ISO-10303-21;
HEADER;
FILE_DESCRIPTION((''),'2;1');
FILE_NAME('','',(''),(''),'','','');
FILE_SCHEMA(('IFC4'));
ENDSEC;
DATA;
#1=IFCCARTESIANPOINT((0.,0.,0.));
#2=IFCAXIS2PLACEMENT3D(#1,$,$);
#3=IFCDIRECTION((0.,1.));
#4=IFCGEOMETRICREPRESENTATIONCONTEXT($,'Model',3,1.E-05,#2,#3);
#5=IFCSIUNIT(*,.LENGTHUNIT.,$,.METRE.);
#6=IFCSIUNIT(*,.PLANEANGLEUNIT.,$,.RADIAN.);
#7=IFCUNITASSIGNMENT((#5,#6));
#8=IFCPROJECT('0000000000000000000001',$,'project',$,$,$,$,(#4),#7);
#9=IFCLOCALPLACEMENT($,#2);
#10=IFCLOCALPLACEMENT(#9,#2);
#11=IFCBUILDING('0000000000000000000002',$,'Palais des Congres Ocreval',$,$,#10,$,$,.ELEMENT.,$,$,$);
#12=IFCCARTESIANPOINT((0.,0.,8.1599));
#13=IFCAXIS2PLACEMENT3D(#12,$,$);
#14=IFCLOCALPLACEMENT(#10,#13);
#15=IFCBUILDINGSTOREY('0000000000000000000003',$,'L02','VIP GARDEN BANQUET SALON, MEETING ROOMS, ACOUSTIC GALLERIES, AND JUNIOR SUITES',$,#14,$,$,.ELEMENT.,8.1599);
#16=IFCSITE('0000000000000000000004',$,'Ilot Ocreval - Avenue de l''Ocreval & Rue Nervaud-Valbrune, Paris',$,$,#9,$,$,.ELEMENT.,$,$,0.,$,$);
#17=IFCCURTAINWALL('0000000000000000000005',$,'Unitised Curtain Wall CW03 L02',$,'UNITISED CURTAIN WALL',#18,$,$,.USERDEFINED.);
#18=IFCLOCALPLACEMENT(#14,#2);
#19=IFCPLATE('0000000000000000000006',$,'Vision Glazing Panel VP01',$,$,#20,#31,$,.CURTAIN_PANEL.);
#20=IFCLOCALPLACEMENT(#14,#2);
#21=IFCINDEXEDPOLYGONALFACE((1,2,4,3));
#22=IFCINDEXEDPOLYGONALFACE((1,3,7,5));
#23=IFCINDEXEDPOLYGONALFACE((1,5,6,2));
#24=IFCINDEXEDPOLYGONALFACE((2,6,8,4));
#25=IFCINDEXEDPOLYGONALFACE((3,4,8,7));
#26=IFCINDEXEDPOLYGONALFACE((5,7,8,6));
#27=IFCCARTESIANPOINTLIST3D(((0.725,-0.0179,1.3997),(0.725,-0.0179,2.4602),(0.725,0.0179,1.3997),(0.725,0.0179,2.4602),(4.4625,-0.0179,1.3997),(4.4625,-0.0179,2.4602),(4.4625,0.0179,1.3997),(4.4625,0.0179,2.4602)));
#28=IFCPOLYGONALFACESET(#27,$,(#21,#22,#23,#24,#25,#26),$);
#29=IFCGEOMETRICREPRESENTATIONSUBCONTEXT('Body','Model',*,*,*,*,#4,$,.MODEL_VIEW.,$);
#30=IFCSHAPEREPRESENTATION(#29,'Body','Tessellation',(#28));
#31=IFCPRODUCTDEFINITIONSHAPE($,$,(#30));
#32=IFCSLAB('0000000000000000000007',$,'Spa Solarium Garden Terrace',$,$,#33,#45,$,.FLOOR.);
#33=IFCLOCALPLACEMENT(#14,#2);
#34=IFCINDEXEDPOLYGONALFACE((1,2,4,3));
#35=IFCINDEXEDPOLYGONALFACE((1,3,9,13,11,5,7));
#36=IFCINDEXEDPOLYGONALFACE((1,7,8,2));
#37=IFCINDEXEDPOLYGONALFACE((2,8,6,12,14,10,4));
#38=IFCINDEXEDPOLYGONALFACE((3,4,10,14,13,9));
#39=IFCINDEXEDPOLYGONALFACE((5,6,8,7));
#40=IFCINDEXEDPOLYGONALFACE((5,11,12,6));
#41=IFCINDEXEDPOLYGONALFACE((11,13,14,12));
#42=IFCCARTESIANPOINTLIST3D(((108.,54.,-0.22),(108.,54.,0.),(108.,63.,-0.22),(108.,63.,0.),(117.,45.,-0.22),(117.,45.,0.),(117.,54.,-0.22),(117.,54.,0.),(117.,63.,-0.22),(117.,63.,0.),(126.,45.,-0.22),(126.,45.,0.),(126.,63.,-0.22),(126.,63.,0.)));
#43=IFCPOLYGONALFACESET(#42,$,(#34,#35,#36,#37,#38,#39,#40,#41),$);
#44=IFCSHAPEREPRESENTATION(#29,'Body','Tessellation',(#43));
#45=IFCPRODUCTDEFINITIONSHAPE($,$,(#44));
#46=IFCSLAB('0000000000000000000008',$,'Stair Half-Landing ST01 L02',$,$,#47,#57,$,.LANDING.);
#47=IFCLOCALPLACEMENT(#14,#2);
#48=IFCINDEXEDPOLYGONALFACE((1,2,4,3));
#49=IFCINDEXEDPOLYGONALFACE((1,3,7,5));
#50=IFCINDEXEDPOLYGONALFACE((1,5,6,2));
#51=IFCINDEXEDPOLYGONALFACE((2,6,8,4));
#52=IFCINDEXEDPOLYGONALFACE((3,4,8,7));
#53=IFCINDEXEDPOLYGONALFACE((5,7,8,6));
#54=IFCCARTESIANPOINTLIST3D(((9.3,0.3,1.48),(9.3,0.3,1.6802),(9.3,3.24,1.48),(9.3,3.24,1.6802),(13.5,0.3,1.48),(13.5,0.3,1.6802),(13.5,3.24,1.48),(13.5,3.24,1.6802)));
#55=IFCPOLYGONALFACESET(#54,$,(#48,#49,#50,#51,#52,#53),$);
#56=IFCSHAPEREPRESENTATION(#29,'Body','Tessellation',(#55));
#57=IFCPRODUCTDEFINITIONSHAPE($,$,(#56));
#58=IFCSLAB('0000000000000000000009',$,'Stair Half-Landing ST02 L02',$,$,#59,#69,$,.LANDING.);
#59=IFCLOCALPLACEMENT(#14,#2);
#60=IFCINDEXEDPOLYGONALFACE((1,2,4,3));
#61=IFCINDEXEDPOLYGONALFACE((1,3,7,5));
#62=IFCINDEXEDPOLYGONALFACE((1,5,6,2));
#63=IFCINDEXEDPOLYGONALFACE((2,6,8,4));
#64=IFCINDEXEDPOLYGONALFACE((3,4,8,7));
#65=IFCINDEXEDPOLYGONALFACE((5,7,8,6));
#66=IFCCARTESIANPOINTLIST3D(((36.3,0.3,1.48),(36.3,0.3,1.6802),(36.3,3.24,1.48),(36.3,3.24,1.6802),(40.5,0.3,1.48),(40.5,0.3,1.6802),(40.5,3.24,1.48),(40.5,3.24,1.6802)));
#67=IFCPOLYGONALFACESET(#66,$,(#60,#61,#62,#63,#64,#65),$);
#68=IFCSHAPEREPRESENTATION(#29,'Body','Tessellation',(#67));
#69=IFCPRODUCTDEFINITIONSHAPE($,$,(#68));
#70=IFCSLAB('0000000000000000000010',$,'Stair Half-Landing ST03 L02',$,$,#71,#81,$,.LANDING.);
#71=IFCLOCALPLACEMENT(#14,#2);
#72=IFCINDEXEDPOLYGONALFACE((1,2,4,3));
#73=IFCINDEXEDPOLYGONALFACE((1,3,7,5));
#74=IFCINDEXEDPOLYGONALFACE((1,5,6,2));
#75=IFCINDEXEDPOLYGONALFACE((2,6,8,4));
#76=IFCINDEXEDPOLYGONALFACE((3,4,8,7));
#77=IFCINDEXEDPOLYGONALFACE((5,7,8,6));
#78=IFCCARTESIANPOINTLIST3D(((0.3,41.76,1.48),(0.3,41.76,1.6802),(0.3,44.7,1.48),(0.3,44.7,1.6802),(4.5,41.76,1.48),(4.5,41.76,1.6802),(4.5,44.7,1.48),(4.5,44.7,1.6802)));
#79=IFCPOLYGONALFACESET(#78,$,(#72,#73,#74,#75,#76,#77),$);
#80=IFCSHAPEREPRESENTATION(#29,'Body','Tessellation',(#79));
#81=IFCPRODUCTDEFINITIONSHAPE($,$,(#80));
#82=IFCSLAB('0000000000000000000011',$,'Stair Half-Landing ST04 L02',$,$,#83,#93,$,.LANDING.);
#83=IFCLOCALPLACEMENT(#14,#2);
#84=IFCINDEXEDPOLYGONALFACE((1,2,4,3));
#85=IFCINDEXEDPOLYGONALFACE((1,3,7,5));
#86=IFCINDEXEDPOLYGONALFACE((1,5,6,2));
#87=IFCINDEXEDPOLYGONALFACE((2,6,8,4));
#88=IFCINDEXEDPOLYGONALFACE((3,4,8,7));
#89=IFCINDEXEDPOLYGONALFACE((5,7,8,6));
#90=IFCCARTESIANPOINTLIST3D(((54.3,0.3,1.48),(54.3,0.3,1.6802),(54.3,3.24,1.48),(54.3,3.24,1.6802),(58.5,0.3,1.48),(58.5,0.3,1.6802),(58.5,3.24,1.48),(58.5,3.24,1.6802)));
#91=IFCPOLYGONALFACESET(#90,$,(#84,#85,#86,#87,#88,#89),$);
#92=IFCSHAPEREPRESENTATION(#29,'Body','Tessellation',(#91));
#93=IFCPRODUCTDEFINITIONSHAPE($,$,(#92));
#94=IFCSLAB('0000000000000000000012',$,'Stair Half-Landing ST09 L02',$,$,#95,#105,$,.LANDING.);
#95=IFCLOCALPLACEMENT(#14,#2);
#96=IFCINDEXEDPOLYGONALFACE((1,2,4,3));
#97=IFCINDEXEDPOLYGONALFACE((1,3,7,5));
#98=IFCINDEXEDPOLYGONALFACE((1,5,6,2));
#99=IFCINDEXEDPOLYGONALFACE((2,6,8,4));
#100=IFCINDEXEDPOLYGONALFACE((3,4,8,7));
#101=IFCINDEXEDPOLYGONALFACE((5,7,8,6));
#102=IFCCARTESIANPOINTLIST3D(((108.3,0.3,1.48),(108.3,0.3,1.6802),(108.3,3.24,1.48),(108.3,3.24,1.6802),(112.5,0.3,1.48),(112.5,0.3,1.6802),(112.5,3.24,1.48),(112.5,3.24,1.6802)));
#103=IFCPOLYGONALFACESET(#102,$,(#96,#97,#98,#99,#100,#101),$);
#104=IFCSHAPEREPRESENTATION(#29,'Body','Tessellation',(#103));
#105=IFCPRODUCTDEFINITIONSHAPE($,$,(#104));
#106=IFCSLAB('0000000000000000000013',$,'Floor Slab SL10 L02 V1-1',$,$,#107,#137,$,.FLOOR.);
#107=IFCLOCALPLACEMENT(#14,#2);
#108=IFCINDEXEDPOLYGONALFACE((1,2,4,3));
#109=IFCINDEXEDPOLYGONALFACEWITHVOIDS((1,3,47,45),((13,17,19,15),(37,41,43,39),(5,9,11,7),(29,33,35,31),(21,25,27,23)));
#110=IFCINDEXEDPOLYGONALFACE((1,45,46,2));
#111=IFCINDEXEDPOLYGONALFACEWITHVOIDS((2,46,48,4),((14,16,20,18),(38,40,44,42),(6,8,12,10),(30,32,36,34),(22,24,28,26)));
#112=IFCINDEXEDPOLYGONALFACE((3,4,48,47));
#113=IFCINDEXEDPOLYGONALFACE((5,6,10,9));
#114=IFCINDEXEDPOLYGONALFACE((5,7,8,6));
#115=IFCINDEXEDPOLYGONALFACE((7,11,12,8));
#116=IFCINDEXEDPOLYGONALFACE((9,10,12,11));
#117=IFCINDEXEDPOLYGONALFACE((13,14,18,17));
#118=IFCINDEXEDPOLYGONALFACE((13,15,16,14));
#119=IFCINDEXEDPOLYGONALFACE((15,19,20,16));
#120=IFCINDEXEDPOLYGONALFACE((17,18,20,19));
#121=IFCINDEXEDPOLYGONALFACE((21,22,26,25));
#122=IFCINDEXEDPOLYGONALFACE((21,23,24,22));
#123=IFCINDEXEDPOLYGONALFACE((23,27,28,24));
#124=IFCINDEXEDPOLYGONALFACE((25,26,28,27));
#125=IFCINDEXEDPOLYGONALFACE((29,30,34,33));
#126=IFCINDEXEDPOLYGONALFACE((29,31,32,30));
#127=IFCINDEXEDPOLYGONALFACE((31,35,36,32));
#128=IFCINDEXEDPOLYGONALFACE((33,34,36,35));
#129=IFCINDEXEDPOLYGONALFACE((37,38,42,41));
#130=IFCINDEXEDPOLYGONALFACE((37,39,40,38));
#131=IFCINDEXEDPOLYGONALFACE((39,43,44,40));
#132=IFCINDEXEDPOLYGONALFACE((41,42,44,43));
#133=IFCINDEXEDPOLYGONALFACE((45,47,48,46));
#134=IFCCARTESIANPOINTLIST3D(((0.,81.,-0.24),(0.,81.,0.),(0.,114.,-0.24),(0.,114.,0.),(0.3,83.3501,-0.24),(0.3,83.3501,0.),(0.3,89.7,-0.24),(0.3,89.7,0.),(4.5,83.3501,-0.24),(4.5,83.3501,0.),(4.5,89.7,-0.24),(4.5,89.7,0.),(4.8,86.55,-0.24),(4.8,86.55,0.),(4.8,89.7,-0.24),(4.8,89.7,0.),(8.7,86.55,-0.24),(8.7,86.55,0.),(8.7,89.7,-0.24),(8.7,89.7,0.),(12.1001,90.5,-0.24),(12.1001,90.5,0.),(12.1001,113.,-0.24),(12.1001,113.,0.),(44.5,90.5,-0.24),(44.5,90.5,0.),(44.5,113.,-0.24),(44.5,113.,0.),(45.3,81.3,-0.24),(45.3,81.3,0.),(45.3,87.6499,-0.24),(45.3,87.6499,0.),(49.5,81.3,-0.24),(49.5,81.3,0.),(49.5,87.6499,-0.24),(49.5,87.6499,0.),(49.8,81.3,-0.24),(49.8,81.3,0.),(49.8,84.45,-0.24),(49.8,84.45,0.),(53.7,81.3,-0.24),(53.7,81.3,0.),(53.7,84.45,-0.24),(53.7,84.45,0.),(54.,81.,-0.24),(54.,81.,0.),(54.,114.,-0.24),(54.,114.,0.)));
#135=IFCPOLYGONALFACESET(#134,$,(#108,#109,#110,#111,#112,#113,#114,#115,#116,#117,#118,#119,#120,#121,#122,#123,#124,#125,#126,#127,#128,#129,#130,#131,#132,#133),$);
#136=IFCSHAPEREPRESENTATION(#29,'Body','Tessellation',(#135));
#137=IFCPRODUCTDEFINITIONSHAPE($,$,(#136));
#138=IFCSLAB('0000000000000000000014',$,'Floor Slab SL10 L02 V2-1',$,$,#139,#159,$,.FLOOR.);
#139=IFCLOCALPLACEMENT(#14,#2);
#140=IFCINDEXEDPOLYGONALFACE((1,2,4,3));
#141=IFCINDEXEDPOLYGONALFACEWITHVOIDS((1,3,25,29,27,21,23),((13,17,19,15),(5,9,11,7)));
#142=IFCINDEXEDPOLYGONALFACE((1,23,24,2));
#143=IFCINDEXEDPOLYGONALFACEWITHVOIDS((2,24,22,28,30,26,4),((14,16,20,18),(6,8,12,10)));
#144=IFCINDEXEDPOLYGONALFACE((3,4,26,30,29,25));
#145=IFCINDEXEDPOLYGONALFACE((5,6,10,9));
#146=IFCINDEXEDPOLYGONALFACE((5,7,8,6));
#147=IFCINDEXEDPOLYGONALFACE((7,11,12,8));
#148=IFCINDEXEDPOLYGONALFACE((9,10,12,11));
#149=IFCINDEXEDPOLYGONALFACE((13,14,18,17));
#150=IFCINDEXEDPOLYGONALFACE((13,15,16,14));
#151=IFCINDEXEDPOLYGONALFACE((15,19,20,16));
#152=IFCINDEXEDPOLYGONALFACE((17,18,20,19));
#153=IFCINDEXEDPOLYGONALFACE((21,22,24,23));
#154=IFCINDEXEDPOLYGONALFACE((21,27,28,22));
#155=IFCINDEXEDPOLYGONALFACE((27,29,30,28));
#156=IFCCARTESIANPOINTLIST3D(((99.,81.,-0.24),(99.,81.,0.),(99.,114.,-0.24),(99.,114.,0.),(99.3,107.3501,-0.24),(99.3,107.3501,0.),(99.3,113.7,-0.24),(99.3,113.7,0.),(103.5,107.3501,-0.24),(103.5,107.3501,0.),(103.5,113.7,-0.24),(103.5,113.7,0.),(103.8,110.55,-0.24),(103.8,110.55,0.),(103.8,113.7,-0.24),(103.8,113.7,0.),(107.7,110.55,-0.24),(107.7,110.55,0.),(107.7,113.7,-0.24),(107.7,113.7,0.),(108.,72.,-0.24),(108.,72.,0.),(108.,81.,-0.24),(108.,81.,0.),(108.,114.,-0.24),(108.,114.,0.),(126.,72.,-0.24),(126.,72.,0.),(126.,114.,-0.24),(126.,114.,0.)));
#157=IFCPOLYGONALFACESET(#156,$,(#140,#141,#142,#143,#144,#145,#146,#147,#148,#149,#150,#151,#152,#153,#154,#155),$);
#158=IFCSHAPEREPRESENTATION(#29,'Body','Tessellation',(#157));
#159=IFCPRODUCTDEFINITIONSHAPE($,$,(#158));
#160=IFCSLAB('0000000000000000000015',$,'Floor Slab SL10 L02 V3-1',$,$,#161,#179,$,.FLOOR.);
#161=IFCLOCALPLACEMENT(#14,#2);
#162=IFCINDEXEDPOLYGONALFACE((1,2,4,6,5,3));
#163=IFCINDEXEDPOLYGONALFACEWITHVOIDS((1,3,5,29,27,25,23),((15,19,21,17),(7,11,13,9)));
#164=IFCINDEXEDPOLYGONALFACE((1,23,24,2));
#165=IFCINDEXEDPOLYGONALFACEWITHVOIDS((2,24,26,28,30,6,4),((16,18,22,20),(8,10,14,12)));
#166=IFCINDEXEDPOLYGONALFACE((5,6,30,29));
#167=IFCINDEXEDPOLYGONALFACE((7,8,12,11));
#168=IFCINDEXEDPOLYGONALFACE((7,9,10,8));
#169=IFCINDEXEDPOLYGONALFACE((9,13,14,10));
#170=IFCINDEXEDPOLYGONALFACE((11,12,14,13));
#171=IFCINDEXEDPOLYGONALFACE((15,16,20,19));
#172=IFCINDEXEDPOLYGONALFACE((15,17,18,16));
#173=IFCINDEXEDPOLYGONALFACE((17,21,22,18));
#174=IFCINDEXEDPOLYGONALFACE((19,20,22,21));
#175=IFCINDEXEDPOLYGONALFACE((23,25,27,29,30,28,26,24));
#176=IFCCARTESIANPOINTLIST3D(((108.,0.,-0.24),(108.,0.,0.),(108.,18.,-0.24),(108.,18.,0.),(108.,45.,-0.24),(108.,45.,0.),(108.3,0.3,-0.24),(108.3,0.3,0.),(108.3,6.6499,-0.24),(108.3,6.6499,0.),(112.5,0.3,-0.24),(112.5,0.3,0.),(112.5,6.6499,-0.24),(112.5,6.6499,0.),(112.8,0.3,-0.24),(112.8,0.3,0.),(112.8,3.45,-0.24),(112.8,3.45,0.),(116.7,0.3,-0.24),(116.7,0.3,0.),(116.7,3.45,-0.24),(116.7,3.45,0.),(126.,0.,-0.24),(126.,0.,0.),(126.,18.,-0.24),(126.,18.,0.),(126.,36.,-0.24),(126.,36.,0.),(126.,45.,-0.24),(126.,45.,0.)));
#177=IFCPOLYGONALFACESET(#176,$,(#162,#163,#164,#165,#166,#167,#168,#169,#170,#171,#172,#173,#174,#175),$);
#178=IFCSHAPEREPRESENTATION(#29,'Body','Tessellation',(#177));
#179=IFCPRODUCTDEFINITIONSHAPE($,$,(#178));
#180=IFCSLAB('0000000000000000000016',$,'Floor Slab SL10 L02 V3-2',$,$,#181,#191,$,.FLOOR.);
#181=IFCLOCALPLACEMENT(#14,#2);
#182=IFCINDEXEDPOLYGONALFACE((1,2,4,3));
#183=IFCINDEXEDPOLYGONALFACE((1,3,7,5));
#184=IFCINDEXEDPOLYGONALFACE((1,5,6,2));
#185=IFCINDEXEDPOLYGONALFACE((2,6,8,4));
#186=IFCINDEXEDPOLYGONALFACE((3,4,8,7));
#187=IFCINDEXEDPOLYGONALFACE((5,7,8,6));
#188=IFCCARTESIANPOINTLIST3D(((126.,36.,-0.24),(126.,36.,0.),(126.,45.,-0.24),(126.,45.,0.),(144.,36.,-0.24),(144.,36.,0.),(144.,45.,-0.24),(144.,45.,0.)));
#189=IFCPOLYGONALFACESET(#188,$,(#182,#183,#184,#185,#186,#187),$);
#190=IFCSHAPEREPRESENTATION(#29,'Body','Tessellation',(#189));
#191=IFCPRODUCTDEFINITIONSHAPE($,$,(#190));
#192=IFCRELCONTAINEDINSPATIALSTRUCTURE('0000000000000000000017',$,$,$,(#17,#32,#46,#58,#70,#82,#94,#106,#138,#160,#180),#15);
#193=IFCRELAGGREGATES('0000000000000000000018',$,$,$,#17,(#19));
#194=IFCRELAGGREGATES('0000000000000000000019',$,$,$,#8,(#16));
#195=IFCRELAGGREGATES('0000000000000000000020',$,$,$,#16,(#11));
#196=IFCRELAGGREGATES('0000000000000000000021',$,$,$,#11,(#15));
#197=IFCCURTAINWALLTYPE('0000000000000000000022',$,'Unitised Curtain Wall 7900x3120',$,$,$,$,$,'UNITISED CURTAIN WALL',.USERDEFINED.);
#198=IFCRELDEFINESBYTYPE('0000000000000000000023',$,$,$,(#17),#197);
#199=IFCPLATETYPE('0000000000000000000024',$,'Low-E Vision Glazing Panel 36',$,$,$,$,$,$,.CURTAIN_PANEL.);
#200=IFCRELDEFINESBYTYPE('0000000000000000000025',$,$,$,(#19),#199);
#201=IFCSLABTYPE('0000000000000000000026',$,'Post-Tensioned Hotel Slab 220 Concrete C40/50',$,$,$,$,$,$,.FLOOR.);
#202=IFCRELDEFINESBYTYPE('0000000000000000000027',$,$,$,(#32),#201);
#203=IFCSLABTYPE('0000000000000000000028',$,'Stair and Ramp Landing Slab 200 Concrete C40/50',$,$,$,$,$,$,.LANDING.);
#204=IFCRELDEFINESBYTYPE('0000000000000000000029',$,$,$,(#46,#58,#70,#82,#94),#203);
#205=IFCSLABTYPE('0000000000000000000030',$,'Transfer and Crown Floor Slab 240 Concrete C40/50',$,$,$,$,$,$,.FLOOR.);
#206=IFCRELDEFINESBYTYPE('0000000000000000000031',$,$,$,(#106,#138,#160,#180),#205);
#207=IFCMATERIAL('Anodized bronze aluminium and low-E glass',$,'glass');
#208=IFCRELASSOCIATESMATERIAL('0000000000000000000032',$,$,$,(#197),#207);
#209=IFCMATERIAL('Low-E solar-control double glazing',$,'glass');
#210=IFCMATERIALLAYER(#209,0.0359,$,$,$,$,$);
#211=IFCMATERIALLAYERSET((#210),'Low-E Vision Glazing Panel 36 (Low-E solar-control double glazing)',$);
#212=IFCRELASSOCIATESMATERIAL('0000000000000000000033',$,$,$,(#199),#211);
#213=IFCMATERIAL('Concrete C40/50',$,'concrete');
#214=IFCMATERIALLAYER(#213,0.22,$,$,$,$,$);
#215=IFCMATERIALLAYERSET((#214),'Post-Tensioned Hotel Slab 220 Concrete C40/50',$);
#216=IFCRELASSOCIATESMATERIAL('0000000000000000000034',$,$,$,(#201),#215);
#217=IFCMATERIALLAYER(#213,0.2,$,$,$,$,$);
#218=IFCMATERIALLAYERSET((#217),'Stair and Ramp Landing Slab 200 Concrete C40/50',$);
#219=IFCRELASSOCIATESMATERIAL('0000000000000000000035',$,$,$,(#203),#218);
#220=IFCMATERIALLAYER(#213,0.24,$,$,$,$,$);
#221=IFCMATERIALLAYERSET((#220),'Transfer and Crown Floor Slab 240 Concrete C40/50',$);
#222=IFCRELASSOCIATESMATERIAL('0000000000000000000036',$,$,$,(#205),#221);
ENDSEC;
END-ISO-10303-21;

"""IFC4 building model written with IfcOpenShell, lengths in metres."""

from ifc_helpers import new_model, si_unit, direction, frame, origin, origin_2d, place, context, subcontext, project, spatial, polyline, rectangle, outline, extrude, material, layer, layer_set, type_object, element, aggregate, save


model = new_model("IFC4")

# Units and contexts
model_context = context("Model", 3, precision=1e-05, world=origin(), true_north=direction((0.0, 1.0)))
body_context = subcontext(model_context, "Body", "Model", "MODEL_VIEW")
ifc_project = project(units=[si_unit("LENGTHUNIT", "METRE"), si_unit("PLANEANGLEUNIT", "RADIAN")], contexts=[model_context])

# Site, building, storey
site_placement = place(None, origin())
site = spatial("IfcSite", under=ifc_project, at=site_placement, Name="Ilot Ocreval - Avenue de l'Ocreval & Rue Nervaud-Valbrune, Paris", CompositionType="ELEMENT", RefElevation=0.0)
building_placement = place(site_placement, origin())
building = spatial("IfcBuilding", under=site, at=building_placement, Name="Palais des Congres Ocreval", CompositionType="ELEMENT")
storey_placement = place(building_placement, frame((0.0, 0.0, 8.1599)))
storey = spatial("IfcBuildingStorey", under=building, at=storey_placement, Name="L02", Description="VIP GARDEN BANQUET SALON, MEETING ROOMS, ACOUSTIC GALLERIES, AND JUNIOR SUITES", CompositionType="ELEMENT", Elevation=8.1599)

# Curtain wall
ifc_material_1 = material(Name="Anodized bronze aluminium and low-E glass", Category="glass")
curtain_wall_type = type_object("IfcCurtainWallType", Name="Unitised Curtain Wall 7900x3120", ElementType="UNITISED CURTAIN WALL", PredefinedType="USERDEFINED", material=ifc_material_1)
curtain_wall_placement = place(storey_placement, origin())
curtain_wall = element("IfcCurtainWall", 1, at=curtain_wall_placement, inside=storey, type_object=curtain_wall_type, Name="Unitised Curtain Wall CW03 L02", ObjectType="UNITISED CURTAIN WALL", PredefinedType="USERDEFINED")

# Plate
ifc_material_2 = material(Name="Low-E solar-control double glazing", Category="glass")
ifc_layer_1 = layer(ifc_material_2, 0.0359)
ifc_layer_set_1 = layer_set([ifc_layer_1], Name="Low-E Vision Glazing Panel 36 (Low-E solar-control double glazing)")
plate_type_1 = type_object("IfcPlateType", Name="Low-E Vision Glazing Panel 36", PredefinedType="CURTAIN_PANEL", material=ifc_layer_set_1)
plate_1_placement = place(storey_placement, frame((2.5938, 0.0, 1.3997), z_axis=(0.0, 0.0, 1.0), x_axis=(-1.0, 0.0, 0.0)))
plate_1 = element("IfcPlate", 2, at=plate_1_placement, type_object=plate_type_1, Name="Vision Glazing Panel VP01", PredefinedType="CURTAIN_PANEL", context=body_context, shape_type="SweptSolid", body=[
    extrude(rectangle(XDim=3.7375, YDim=0.0359, at=origin_2d()), origin(), (0.0, 0.0, 1.0), 1.0605),
])
aggregate(curtain_wall, [plate_1])

# Slabs
ifc_material_3 = material(Name="Concrete C40/50", Category="concrete")
ifc_layer_2 = layer(ifc_material_3, 0.22)
ifc_layer_set_2 = layer_set([ifc_layer_2], Name="Post-Tensioned Hotel Slab 220 Concrete C40/50")
slab_type_1 = type_object("IfcSlabType", Name="Post-Tensioned Hotel Slab 220 Concrete C40/50", PredefinedType="FLOOR", material=ifc_layer_set_2)
slab_1_placement = place(storey_placement, frame((0.0, 0.0, -0.22)))
element("IfcSlab", 3, at=slab_1_placement, inside=storey, type_object=slab_type_1, Name="Spa Solarium Garden Terrace", PredefinedType="FLOOR", context=body_context, shape_type="SweptSolid", body=[
    extrude(outline(polyline([(126.0, 45.0), (117.0, 45.0), (117.0, 54.0), (108.0, 54.0), (108.0, 63.0), (117.0, 63.0), (126.0, 63.0), (126.0, 45.0)])), origin(), (0.0, 0.0, 1.0), 0.22),
])
ifc_layer_3 = layer(ifc_material_3, 0.2)
ifc_layer_set_3 = layer_set([ifc_layer_3], Name="Stair and Ramp Landing Slab 200 Concrete C40/50")
slab_type_2 = type_object("IfcSlabType", Name="Stair and Ramp Landing Slab 200 Concrete C40/50", PredefinedType="LANDING", material=ifc_layer_set_3)
slab_2_placement = place(storey_placement, frame((0.0, 0.0, 1.48)))
element("IfcSlab", 4, at=slab_2_placement, inside=storey, type_object=slab_type_2, Name="Stair Half-Landing ST01 L02", PredefinedType="LANDING", context=body_context, shape_type="SweptSolid", body=[
    extrude(outline(polyline([(9.3, 0.3), (13.5, 0.3), (13.5, 3.24), (9.3, 3.24), (9.3, 0.3)])), origin(), (0.0, 0.0, 1.0), 0.2002),
])
slab_3_placement = place(storey_placement, frame((0.0, 0.0, 1.48)))
element("IfcSlab", 5, at=slab_3_placement, inside=storey, type_object=slab_type_2, Name="Stair Half-Landing ST02 L02", PredefinedType="LANDING", context=body_context, shape_type="SweptSolid", body=[
    extrude(outline(polyline([(36.3, 0.3), (40.5, 0.3), (40.5, 3.24), (36.3, 3.24), (36.3, 0.3)])), origin(), (0.0, 0.0, 1.0), 0.2002),
])
slab_4_placement = place(storey_placement, frame((0.0, 0.0, 1.48)))
element("IfcSlab", 6, at=slab_4_placement, inside=storey, type_object=slab_type_2, Name="Stair Half-Landing ST03 L02", PredefinedType="LANDING", context=body_context, shape_type="SweptSolid", body=[
    extrude(outline(polyline([(0.3, 41.76), (4.5, 41.76), (4.5, 44.7), (0.3, 44.7), (0.3, 41.76)])), origin(), (0.0, 0.0, 1.0), 0.2002),
])
slab_5_placement = place(storey_placement, frame((0.0, 0.0, 1.48)))
element("IfcSlab", 7, at=slab_5_placement, inside=storey, type_object=slab_type_2, Name="Stair Half-Landing ST04 L02", PredefinedType="LANDING", context=body_context, shape_type="SweptSolid", body=[
    extrude(outline(polyline([(54.3, 0.3), (58.5, 0.3), (58.5, 3.24), (54.3, 3.24), (54.3, 0.3)])), origin(), (0.0, 0.0, 1.0), 0.2002),
])
slab_6_placement = place(storey_placement, frame((0.0, 0.0, 1.48)))
element("IfcSlab", 8, at=slab_6_placement, inside=storey, type_object=slab_type_2, Name="Stair Half-Landing ST09 L02", PredefinedType="LANDING", context=body_context, shape_type="SweptSolid", body=[
    extrude(outline(polyline([(108.3, 0.3), (112.5, 0.3), (112.5, 3.24), (108.3, 3.24), (108.3, 0.3)])), origin(), (0.0, 0.0, 1.0), 0.2002),
])
ifc_layer_4 = layer(ifc_material_3, 0.24)
ifc_layer_set_4 = layer_set([ifc_layer_4], Name="Transfer and Crown Floor Slab 240 Concrete C40/50")
slab_type_3 = type_object("IfcSlabType", Name="Transfer and Crown Floor Slab 240 Concrete C40/50", PredefinedType="FLOOR", material=ifc_layer_set_4)
slab_7_placement = place(storey_placement, frame((0.0, 0.0, -0.24)))
element("IfcSlab", 9, at=slab_7_placement, inside=storey, type_object=slab_type_3, Name="Floor Slab SL10 L02 V1-1", PredefinedType="FLOOR", context=body_context, shape_type="SweptSolid", body=[
    extrude(outline(polyline([(0.0, 114.0), (54.0, 114.0), (54.0, 81.0), (0.0, 81.0), (0.0, 114.0)]), holes=[polyline([(45.3, 87.6499), (45.3, 81.3), (49.5, 81.3), (49.5, 87.6499), (45.3, 87.6499)]), polyline([(4.5, 89.7), (0.3, 89.7), (0.3, 83.3501), (4.5, 83.3501), (4.5, 89.7)]), polyline([(8.7, 89.7), (4.8, 89.7), (4.8, 86.55), (8.7, 86.55), (8.7, 89.7)]), polyline([(12.1001, 113.0), (12.1001, 90.5), (44.5, 90.5), (44.5, 113.0), (12.1001, 113.0)]), polyline([(49.8, 84.45), (49.8, 81.3), (53.7, 81.3), (53.7, 84.45), (49.8, 84.45)])]), origin(), (0.0, 0.0, 1.0), 0.24),
])
slab_8_placement = place(storey_placement, frame((0.0, 0.0, -0.24)))
element("IfcSlab", 10, at=slab_8_placement, inside=storey, type_object=slab_type_3, Name="Floor Slab SL10 L02 V2-1", PredefinedType="FLOOR", context=body_context, shape_type="SweptSolid", body=[
    extrude(outline(polyline([(108.0, 72.0), (108.0, 81.0), (99.0, 81.0), (99.0, 114.0), (108.0, 114.0), (126.0, 114.0), (126.0, 72.0), (108.0, 72.0)]), holes=[polyline([(103.5, 113.7), (99.3, 113.7), (99.3, 107.3501), (103.5, 107.3501), (103.5, 113.7)]), polyline([(107.7, 113.7), (103.8, 113.7), (103.8, 110.55), (107.7, 110.55), (107.7, 113.7)])]), origin(), (0.0, 0.0, 1.0), 0.24),
])
slab_9_placement = place(storey_placement, frame((0.0, 0.0, -0.24)))
element("IfcSlab", 11, at=slab_9_placement, inside=storey, type_object=slab_type_3, Name="Floor Slab SL10 L02 V3-1", PredefinedType="FLOOR", context=body_context, shape_type="SweptSolid", body=[
    extrude(outline(polyline([(108.0, 18.0), (108.0, 45.0), (126.0, 45.0), (126.0, 36.0), (126.0, 18.0), (126.0, 0.0), (108.0, 0.0), (108.0, 18.0)]), holes=[polyline([(112.8, 3.45), (112.8, 0.3), (116.7, 0.3), (116.7, 3.45), (112.8, 3.45)]), polyline([(112.5, 6.6499), (108.3, 6.6499), (108.3, 0.3), (112.5, 0.3), (112.5, 6.6499)])]), origin(), (0.0, 0.0, 1.0), 0.24),
])
slab_10_placement = place(storey_placement, frame((0.0, 0.0, -0.24)))
element("IfcSlab", 12, at=slab_10_placement, inside=storey, type_object=slab_type_3, Name="Floor Slab SL10 L02 V3-2", PredefinedType="FLOOR", context=body_context, shape_type="SweptSolid", body=[
    extrude(outline(polyline([(144.0, 45.0), (144.0, 36.0), (126.0, 36.0), (126.0, 45.0), (144.0, 45.0)])), origin(), (0.0, 0.0, 1.0), 0.24),
])

save(model, "model.ifc")
